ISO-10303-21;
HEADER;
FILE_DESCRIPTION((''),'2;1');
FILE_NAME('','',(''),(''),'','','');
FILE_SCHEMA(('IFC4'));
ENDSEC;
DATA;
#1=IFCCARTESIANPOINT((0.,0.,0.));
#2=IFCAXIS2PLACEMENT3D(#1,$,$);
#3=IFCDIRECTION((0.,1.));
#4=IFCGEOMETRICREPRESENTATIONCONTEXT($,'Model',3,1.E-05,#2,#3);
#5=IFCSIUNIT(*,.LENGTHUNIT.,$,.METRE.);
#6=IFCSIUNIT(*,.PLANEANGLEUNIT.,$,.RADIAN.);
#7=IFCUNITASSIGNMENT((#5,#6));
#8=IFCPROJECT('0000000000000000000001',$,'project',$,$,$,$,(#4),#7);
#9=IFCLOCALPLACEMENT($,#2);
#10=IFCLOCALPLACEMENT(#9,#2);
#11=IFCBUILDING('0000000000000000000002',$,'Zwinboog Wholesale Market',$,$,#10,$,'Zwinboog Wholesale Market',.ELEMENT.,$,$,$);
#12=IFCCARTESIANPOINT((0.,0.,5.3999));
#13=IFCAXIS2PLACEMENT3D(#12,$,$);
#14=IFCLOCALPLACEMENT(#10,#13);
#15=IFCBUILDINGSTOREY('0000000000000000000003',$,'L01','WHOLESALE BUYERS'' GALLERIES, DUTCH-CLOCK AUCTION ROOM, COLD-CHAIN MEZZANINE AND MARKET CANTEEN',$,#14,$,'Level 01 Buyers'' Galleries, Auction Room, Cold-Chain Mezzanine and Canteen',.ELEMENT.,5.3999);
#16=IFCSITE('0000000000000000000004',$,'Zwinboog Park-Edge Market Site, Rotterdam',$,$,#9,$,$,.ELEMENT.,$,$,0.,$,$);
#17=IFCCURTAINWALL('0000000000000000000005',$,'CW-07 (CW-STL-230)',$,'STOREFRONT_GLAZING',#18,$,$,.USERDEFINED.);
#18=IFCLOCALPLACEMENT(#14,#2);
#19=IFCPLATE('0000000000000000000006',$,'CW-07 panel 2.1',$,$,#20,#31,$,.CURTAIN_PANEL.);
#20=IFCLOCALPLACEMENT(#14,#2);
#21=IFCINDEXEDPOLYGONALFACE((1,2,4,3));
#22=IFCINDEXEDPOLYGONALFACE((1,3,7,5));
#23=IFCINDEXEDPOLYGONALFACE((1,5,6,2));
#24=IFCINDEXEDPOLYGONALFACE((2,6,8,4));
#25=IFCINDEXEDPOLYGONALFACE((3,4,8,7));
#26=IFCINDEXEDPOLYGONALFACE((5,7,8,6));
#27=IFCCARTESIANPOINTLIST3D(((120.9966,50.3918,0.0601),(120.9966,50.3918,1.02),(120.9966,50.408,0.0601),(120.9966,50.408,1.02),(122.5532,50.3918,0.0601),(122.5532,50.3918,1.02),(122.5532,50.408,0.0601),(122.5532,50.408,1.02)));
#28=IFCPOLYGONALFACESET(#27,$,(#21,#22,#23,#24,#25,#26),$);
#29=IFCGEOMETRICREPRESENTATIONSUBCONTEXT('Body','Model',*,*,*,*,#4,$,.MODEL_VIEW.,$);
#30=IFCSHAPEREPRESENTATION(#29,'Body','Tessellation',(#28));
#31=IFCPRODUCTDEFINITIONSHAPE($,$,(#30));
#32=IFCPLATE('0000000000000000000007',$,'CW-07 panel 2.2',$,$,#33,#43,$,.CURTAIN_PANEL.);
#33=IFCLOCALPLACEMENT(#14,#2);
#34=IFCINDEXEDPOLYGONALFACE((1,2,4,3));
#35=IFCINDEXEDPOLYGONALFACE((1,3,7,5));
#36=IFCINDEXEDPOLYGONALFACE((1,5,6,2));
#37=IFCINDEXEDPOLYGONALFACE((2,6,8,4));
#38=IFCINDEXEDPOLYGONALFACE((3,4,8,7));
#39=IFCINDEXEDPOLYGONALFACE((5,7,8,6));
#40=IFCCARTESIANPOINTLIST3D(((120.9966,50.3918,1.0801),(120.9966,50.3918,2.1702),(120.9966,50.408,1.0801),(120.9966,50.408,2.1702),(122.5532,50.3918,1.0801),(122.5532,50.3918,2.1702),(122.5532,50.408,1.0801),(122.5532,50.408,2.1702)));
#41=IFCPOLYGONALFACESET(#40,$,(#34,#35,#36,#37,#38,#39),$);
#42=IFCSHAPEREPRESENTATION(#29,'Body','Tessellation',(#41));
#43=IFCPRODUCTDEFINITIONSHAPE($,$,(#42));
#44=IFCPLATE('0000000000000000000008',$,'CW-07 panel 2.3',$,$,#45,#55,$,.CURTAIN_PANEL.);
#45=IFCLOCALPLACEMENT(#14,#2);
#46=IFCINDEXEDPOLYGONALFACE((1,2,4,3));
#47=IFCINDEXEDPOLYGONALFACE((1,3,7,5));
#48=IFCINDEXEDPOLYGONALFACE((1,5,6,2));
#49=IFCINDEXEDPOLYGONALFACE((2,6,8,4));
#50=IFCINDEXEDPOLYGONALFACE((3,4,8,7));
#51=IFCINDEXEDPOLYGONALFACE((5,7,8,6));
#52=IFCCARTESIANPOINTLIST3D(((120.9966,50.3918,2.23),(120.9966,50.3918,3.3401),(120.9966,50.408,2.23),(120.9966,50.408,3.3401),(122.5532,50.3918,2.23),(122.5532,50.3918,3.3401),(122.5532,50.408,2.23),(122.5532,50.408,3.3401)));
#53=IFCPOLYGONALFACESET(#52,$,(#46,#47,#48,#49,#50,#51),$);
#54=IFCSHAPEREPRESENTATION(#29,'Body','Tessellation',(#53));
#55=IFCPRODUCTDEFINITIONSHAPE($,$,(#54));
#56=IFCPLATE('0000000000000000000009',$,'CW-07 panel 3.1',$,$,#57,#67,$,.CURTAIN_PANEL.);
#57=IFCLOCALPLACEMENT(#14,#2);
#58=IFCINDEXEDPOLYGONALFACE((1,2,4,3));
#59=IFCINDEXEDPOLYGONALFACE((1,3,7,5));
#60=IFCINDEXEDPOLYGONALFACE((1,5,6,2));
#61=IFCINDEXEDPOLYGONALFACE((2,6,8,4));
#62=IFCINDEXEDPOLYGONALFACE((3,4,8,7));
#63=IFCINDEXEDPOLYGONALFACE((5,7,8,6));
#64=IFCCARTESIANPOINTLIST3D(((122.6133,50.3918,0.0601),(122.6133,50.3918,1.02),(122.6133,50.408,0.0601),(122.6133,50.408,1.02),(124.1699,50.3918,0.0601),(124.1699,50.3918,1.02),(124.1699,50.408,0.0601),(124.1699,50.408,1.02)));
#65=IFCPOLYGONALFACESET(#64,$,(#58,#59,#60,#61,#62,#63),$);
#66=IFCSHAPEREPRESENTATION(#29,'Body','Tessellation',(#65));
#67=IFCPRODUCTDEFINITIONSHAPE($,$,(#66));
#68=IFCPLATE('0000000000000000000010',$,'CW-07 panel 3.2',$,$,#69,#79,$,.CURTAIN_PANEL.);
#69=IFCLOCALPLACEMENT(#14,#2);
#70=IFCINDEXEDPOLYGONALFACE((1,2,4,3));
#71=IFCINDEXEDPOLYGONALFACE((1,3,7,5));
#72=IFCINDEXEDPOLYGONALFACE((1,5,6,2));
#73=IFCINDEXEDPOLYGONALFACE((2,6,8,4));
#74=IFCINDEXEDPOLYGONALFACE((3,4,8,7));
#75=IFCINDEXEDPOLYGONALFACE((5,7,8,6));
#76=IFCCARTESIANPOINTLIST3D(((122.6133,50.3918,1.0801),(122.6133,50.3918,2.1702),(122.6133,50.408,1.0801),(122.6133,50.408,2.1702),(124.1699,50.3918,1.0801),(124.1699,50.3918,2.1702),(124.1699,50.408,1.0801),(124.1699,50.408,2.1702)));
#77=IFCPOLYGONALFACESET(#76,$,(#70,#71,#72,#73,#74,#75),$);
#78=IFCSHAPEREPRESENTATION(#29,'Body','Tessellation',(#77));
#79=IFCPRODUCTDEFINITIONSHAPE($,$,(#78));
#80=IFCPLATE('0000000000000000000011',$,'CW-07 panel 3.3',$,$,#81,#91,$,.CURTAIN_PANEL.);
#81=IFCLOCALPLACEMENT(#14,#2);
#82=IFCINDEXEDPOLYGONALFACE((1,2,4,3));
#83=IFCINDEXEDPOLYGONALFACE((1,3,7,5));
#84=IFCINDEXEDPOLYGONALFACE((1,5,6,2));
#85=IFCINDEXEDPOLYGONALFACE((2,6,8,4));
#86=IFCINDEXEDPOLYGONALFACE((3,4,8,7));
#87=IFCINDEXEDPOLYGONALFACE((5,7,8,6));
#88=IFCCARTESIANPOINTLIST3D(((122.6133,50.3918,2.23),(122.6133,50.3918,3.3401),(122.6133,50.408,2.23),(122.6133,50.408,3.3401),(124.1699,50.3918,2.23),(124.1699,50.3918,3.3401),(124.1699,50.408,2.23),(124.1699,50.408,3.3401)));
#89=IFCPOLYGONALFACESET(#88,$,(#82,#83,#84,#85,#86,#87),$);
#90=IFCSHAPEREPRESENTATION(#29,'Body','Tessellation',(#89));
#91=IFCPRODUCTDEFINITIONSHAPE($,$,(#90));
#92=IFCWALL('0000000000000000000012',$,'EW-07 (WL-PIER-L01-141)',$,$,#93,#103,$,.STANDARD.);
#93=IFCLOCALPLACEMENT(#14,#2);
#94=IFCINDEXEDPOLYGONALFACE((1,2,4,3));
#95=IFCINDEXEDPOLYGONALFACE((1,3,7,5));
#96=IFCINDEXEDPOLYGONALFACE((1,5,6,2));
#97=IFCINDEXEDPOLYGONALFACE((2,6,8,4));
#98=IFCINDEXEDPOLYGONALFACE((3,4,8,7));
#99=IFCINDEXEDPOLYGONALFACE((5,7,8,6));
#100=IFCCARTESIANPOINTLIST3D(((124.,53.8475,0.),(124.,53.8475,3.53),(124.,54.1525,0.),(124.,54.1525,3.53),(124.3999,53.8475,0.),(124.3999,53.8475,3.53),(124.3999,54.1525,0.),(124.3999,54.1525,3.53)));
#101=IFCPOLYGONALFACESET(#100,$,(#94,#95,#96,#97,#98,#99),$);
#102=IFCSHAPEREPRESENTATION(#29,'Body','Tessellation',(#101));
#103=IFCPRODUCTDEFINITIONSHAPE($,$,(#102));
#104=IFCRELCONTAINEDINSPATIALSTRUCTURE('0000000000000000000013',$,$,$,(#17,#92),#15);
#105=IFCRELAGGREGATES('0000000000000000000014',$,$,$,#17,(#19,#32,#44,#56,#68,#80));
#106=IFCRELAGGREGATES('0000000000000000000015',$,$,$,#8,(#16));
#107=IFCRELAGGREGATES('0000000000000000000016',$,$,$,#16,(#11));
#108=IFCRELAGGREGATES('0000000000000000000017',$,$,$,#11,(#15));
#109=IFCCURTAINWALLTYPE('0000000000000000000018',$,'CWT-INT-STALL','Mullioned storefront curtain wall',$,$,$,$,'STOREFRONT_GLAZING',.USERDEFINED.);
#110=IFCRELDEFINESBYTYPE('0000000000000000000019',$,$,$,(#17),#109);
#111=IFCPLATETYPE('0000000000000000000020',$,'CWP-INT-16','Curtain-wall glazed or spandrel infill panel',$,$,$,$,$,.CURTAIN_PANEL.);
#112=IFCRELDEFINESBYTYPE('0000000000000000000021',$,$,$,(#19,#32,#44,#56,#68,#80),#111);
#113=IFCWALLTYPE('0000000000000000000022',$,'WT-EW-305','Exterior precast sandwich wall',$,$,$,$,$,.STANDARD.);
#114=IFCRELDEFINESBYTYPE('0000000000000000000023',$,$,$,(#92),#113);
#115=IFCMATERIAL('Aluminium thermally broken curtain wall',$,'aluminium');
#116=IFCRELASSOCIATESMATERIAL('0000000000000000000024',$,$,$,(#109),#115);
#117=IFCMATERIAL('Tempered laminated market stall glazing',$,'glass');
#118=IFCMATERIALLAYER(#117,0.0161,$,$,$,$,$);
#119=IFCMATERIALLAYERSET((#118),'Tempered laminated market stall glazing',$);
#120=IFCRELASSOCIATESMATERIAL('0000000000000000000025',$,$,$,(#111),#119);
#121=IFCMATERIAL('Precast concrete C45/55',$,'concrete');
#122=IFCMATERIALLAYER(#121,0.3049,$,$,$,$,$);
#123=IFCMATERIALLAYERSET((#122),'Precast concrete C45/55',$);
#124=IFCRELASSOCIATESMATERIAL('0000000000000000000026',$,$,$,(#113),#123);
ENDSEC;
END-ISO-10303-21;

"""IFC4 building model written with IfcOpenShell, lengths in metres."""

from ifc_helpers import new_model, si_unit, direction, frame, frame_2d, origin, origin_2d, place, context, subcontext, project, spatial, rectangle, extrude, material, layer, layer_set, type_object, element, aggregate, save


model = new_model("IFC4")

# Units and contexts
model_context = context("Model", 3, precision=1e-05, world=origin(), true_north=direction((0.0, 1.0)))
body_context = subcontext(model_context, "Body", "Model", "MODEL_VIEW")
ifc_project = project(units=[si_unit("LENGTHUNIT", "METRE"), si_unit("PLANEANGLEUNIT", "RADIAN")], contexts=[model_context])

# Site, building, storey
site_placement = place(None, origin())
site = spatial("IfcSite", under=ifc_project, at=site_placement, Name="Zwinboog Park-Edge Market Site, Rotterdam", CompositionType="ELEMENT", RefElevation=0.0)
building_placement = place(site_placement, origin())
building = spatial("IfcBuilding", under=site, at=building_placement, Name="Zwinboog Wholesale Market", LongName="Zwinboog Wholesale Market", CompositionType="ELEMENT")
storey_placement = place(building_placement, frame((0.0, 0.0, 5.3999)))
storey = spatial("IfcBuildingStorey", under=building, at=storey_placement, Name="L01", Description="WHOLESALE BUYERS' GALLERIES, DUTCH-CLOCK AUCTION ROOM, COLD-CHAIN MEZZANINE AND MARKET CANTEEN", LongName="Level 01 Buyers' Galleries, Auction Room, Cold-Chain Mezzanine and Canteen", CompositionType="ELEMENT", Elevation=5.3999)

# Curtain wall
ifc_material_1 = material(Name="Aluminium thermally broken curtain wall", Category="aluminium")
curtain_wall_type_1 = type_object("IfcCurtainWallType", Name="CWT-INT-STALL", Description="Mullioned storefront curtain wall", ElementType="STOREFRONT_GLAZING", PredefinedType="USERDEFINED", material=ifc_material_1)
curtain_wall_1_placement = place(storey_placement, origin())
curtain_wall_1 = element("IfcCurtainWall", 1, at=curtain_wall_1_placement, inside=storey, type_object=curtain_wall_type_1, Name="CW-07 (CW-STL-230)", ObjectType="STOREFRONT_GLAZING", PredefinedType="USERDEFINED")

# Plates
ifc_material_2 = material(Name="Tempered laminated market stall glazing", Category="glass")
ifc_layer_1 = layer(ifc_material_2, 0.0161)
ifc_layer_set_1 = layer_set([ifc_layer_1], Name="Tempered laminated market stall glazing")
plate_type_1 = type_object("IfcPlateType", Name="CWP-INT-16", Description="Curtain-wall glazed or spandrel infill panel", PredefinedType="CURTAIN_PANEL", material=ifc_layer_set_1)
plate_1_placement = place(storey_placement, frame((121.7749, 50.3999, 0.0601), z_axis=(0.0, 0.0, 1.0), x_axis=(1.0, 0.0, 0.0)))
plate_1 = element("IfcPlate", 2, at=plate_1_placement, type_object=plate_type_1, Name="CW-07 panel 2.1", PredefinedType="CURTAIN_PANEL", context=body_context, shape_type="SweptSolid", body=[
    extrude(rectangle(XDim=1.5566, YDim=0.0161, at=origin_2d()), origin(), (0.0, 0.0, 1.0), 0.96),
])
plate_2_placement = place(storey_placement, frame((121.7749, 50.3999, 1.0801), z_axis=(0.0, 0.0, 1.0), x_axis=(1.0, 0.0, 0.0)))
plate_2 = element("IfcPlate", 3, at=plate_2_placement, type_object=plate_type_1, Name="CW-07 panel 2.2", PredefinedType="CURTAIN_PANEL", context=body_context, shape_type="SweptSolid", body=[
    extrude(rectangle(XDim=1.5566, YDim=0.0161, at=origin_2d()), origin(), (0.0, 0.0, 1.0), 1.0901),
])
plate_3_placement = place(storey_placement, frame((121.7749, 50.3999, 2.23), z_axis=(0.0, 0.0, 1.0), x_axis=(1.0, 0.0, 0.0)))
plate_3 = element("IfcPlate", 4, at=plate_3_placement, type_object=plate_type_1, Name="CW-07 panel 2.3", PredefinedType="CURTAIN_PANEL", context=body_context, shape_type="SweptSolid", body=[
    extrude(rectangle(XDim=1.5566, YDim=0.0161, at=origin_2d()), origin(), (0.0, 0.0, 1.0), 1.1101),
])
plate_4_placement = place(storey_placement, frame((123.3916, 50.3999, 0.0601), z_axis=(0.0, 0.0, 1.0), x_axis=(1.0, 0.0, 0.0)))
plate_4 = element("IfcPlate", 5, at=plate_4_placement, type_object=plate_type_1, Name="CW-07 panel 3.1", PredefinedType="CURTAIN_PANEL", context=body_context, shape_type="SweptSolid", body=[
    extrude(rectangle(XDim=1.5566, YDim=0.0161, at=origin_2d()), origin(), (0.0, 0.0, 1.0), 0.96),
])
plate_5_placement = place(storey_placement, frame((123.3916, 50.3999, 1.0801), z_axis=(0.0, 0.0, 1.0), x_axis=(1.0, 0.0, 0.0)))
plate_5 = element("IfcPlate", 6, at=plate_5_placement, type_object=plate_type_1, Name="CW-07 panel 3.2", PredefinedType="CURTAIN_PANEL", context=body_context, shape_type="SweptSolid", body=[
    extrude(rectangle(XDim=1.5566, YDim=0.0161, at=origin_2d()), origin(), (0.0, 0.0, 1.0), 1.0901),
])
plate_6_placement = place(storey_placement, frame((123.3916, 50.3999, 2.23), z_axis=(0.0, 0.0, 1.0), x_axis=(1.0, 0.0, 0.0)))
plate_6 = element("IfcPlate", 7, at=plate_6_placement, type_object=plate_type_1, Name="CW-07 panel 3.3", PredefinedType="CURTAIN_PANEL", context=body_context, shape_type="SweptSolid", body=[
    extrude(rectangle(XDim=1.5566, YDim=0.0161, at=origin_2d()), origin(), (0.0, 0.0, 1.0), 1.1101),
])
aggregate(curtain_wall_1, [plate_1, plate_2, plate_3, plate_4, plate_5, plate_6])

# Wall
ifc_material_3 = material(Name="Precast concrete C45/55", Category="concrete")
ifc_layer_2 = layer(ifc_material_3, 0.3049)
ifc_layer_set_2 = layer_set([ifc_layer_2], Name="Precast concrete C45/55")
wall_type = type_object("IfcWallType", Name="WT-EW-305", Description="Exterior precast sandwich wall", PredefinedType="STANDARD", material=ifc_layer_set_2)
wall_placement = place(storey_placement, frame((124.0, 54.0, 0.0), z_axis=(0.0, 0.0, 1.0), x_axis=(1.0, 0.0, 0.0)))
element("IfcWall", 8, at=wall_placement, inside=storey, type_object=wall_type, Name="EW-07 (WL-PIER-L01-141)", PredefinedType="STANDARD", context=body_context, shape_type="SweptSolid", body=[
    extrude(rectangle(XDim=0.3999, YDim=0.3049, at=frame_2d((0.2, 0.0))), origin(), (0.0, 0.0, 1.0), 3.53),
])

save(model, "model.ifc")
